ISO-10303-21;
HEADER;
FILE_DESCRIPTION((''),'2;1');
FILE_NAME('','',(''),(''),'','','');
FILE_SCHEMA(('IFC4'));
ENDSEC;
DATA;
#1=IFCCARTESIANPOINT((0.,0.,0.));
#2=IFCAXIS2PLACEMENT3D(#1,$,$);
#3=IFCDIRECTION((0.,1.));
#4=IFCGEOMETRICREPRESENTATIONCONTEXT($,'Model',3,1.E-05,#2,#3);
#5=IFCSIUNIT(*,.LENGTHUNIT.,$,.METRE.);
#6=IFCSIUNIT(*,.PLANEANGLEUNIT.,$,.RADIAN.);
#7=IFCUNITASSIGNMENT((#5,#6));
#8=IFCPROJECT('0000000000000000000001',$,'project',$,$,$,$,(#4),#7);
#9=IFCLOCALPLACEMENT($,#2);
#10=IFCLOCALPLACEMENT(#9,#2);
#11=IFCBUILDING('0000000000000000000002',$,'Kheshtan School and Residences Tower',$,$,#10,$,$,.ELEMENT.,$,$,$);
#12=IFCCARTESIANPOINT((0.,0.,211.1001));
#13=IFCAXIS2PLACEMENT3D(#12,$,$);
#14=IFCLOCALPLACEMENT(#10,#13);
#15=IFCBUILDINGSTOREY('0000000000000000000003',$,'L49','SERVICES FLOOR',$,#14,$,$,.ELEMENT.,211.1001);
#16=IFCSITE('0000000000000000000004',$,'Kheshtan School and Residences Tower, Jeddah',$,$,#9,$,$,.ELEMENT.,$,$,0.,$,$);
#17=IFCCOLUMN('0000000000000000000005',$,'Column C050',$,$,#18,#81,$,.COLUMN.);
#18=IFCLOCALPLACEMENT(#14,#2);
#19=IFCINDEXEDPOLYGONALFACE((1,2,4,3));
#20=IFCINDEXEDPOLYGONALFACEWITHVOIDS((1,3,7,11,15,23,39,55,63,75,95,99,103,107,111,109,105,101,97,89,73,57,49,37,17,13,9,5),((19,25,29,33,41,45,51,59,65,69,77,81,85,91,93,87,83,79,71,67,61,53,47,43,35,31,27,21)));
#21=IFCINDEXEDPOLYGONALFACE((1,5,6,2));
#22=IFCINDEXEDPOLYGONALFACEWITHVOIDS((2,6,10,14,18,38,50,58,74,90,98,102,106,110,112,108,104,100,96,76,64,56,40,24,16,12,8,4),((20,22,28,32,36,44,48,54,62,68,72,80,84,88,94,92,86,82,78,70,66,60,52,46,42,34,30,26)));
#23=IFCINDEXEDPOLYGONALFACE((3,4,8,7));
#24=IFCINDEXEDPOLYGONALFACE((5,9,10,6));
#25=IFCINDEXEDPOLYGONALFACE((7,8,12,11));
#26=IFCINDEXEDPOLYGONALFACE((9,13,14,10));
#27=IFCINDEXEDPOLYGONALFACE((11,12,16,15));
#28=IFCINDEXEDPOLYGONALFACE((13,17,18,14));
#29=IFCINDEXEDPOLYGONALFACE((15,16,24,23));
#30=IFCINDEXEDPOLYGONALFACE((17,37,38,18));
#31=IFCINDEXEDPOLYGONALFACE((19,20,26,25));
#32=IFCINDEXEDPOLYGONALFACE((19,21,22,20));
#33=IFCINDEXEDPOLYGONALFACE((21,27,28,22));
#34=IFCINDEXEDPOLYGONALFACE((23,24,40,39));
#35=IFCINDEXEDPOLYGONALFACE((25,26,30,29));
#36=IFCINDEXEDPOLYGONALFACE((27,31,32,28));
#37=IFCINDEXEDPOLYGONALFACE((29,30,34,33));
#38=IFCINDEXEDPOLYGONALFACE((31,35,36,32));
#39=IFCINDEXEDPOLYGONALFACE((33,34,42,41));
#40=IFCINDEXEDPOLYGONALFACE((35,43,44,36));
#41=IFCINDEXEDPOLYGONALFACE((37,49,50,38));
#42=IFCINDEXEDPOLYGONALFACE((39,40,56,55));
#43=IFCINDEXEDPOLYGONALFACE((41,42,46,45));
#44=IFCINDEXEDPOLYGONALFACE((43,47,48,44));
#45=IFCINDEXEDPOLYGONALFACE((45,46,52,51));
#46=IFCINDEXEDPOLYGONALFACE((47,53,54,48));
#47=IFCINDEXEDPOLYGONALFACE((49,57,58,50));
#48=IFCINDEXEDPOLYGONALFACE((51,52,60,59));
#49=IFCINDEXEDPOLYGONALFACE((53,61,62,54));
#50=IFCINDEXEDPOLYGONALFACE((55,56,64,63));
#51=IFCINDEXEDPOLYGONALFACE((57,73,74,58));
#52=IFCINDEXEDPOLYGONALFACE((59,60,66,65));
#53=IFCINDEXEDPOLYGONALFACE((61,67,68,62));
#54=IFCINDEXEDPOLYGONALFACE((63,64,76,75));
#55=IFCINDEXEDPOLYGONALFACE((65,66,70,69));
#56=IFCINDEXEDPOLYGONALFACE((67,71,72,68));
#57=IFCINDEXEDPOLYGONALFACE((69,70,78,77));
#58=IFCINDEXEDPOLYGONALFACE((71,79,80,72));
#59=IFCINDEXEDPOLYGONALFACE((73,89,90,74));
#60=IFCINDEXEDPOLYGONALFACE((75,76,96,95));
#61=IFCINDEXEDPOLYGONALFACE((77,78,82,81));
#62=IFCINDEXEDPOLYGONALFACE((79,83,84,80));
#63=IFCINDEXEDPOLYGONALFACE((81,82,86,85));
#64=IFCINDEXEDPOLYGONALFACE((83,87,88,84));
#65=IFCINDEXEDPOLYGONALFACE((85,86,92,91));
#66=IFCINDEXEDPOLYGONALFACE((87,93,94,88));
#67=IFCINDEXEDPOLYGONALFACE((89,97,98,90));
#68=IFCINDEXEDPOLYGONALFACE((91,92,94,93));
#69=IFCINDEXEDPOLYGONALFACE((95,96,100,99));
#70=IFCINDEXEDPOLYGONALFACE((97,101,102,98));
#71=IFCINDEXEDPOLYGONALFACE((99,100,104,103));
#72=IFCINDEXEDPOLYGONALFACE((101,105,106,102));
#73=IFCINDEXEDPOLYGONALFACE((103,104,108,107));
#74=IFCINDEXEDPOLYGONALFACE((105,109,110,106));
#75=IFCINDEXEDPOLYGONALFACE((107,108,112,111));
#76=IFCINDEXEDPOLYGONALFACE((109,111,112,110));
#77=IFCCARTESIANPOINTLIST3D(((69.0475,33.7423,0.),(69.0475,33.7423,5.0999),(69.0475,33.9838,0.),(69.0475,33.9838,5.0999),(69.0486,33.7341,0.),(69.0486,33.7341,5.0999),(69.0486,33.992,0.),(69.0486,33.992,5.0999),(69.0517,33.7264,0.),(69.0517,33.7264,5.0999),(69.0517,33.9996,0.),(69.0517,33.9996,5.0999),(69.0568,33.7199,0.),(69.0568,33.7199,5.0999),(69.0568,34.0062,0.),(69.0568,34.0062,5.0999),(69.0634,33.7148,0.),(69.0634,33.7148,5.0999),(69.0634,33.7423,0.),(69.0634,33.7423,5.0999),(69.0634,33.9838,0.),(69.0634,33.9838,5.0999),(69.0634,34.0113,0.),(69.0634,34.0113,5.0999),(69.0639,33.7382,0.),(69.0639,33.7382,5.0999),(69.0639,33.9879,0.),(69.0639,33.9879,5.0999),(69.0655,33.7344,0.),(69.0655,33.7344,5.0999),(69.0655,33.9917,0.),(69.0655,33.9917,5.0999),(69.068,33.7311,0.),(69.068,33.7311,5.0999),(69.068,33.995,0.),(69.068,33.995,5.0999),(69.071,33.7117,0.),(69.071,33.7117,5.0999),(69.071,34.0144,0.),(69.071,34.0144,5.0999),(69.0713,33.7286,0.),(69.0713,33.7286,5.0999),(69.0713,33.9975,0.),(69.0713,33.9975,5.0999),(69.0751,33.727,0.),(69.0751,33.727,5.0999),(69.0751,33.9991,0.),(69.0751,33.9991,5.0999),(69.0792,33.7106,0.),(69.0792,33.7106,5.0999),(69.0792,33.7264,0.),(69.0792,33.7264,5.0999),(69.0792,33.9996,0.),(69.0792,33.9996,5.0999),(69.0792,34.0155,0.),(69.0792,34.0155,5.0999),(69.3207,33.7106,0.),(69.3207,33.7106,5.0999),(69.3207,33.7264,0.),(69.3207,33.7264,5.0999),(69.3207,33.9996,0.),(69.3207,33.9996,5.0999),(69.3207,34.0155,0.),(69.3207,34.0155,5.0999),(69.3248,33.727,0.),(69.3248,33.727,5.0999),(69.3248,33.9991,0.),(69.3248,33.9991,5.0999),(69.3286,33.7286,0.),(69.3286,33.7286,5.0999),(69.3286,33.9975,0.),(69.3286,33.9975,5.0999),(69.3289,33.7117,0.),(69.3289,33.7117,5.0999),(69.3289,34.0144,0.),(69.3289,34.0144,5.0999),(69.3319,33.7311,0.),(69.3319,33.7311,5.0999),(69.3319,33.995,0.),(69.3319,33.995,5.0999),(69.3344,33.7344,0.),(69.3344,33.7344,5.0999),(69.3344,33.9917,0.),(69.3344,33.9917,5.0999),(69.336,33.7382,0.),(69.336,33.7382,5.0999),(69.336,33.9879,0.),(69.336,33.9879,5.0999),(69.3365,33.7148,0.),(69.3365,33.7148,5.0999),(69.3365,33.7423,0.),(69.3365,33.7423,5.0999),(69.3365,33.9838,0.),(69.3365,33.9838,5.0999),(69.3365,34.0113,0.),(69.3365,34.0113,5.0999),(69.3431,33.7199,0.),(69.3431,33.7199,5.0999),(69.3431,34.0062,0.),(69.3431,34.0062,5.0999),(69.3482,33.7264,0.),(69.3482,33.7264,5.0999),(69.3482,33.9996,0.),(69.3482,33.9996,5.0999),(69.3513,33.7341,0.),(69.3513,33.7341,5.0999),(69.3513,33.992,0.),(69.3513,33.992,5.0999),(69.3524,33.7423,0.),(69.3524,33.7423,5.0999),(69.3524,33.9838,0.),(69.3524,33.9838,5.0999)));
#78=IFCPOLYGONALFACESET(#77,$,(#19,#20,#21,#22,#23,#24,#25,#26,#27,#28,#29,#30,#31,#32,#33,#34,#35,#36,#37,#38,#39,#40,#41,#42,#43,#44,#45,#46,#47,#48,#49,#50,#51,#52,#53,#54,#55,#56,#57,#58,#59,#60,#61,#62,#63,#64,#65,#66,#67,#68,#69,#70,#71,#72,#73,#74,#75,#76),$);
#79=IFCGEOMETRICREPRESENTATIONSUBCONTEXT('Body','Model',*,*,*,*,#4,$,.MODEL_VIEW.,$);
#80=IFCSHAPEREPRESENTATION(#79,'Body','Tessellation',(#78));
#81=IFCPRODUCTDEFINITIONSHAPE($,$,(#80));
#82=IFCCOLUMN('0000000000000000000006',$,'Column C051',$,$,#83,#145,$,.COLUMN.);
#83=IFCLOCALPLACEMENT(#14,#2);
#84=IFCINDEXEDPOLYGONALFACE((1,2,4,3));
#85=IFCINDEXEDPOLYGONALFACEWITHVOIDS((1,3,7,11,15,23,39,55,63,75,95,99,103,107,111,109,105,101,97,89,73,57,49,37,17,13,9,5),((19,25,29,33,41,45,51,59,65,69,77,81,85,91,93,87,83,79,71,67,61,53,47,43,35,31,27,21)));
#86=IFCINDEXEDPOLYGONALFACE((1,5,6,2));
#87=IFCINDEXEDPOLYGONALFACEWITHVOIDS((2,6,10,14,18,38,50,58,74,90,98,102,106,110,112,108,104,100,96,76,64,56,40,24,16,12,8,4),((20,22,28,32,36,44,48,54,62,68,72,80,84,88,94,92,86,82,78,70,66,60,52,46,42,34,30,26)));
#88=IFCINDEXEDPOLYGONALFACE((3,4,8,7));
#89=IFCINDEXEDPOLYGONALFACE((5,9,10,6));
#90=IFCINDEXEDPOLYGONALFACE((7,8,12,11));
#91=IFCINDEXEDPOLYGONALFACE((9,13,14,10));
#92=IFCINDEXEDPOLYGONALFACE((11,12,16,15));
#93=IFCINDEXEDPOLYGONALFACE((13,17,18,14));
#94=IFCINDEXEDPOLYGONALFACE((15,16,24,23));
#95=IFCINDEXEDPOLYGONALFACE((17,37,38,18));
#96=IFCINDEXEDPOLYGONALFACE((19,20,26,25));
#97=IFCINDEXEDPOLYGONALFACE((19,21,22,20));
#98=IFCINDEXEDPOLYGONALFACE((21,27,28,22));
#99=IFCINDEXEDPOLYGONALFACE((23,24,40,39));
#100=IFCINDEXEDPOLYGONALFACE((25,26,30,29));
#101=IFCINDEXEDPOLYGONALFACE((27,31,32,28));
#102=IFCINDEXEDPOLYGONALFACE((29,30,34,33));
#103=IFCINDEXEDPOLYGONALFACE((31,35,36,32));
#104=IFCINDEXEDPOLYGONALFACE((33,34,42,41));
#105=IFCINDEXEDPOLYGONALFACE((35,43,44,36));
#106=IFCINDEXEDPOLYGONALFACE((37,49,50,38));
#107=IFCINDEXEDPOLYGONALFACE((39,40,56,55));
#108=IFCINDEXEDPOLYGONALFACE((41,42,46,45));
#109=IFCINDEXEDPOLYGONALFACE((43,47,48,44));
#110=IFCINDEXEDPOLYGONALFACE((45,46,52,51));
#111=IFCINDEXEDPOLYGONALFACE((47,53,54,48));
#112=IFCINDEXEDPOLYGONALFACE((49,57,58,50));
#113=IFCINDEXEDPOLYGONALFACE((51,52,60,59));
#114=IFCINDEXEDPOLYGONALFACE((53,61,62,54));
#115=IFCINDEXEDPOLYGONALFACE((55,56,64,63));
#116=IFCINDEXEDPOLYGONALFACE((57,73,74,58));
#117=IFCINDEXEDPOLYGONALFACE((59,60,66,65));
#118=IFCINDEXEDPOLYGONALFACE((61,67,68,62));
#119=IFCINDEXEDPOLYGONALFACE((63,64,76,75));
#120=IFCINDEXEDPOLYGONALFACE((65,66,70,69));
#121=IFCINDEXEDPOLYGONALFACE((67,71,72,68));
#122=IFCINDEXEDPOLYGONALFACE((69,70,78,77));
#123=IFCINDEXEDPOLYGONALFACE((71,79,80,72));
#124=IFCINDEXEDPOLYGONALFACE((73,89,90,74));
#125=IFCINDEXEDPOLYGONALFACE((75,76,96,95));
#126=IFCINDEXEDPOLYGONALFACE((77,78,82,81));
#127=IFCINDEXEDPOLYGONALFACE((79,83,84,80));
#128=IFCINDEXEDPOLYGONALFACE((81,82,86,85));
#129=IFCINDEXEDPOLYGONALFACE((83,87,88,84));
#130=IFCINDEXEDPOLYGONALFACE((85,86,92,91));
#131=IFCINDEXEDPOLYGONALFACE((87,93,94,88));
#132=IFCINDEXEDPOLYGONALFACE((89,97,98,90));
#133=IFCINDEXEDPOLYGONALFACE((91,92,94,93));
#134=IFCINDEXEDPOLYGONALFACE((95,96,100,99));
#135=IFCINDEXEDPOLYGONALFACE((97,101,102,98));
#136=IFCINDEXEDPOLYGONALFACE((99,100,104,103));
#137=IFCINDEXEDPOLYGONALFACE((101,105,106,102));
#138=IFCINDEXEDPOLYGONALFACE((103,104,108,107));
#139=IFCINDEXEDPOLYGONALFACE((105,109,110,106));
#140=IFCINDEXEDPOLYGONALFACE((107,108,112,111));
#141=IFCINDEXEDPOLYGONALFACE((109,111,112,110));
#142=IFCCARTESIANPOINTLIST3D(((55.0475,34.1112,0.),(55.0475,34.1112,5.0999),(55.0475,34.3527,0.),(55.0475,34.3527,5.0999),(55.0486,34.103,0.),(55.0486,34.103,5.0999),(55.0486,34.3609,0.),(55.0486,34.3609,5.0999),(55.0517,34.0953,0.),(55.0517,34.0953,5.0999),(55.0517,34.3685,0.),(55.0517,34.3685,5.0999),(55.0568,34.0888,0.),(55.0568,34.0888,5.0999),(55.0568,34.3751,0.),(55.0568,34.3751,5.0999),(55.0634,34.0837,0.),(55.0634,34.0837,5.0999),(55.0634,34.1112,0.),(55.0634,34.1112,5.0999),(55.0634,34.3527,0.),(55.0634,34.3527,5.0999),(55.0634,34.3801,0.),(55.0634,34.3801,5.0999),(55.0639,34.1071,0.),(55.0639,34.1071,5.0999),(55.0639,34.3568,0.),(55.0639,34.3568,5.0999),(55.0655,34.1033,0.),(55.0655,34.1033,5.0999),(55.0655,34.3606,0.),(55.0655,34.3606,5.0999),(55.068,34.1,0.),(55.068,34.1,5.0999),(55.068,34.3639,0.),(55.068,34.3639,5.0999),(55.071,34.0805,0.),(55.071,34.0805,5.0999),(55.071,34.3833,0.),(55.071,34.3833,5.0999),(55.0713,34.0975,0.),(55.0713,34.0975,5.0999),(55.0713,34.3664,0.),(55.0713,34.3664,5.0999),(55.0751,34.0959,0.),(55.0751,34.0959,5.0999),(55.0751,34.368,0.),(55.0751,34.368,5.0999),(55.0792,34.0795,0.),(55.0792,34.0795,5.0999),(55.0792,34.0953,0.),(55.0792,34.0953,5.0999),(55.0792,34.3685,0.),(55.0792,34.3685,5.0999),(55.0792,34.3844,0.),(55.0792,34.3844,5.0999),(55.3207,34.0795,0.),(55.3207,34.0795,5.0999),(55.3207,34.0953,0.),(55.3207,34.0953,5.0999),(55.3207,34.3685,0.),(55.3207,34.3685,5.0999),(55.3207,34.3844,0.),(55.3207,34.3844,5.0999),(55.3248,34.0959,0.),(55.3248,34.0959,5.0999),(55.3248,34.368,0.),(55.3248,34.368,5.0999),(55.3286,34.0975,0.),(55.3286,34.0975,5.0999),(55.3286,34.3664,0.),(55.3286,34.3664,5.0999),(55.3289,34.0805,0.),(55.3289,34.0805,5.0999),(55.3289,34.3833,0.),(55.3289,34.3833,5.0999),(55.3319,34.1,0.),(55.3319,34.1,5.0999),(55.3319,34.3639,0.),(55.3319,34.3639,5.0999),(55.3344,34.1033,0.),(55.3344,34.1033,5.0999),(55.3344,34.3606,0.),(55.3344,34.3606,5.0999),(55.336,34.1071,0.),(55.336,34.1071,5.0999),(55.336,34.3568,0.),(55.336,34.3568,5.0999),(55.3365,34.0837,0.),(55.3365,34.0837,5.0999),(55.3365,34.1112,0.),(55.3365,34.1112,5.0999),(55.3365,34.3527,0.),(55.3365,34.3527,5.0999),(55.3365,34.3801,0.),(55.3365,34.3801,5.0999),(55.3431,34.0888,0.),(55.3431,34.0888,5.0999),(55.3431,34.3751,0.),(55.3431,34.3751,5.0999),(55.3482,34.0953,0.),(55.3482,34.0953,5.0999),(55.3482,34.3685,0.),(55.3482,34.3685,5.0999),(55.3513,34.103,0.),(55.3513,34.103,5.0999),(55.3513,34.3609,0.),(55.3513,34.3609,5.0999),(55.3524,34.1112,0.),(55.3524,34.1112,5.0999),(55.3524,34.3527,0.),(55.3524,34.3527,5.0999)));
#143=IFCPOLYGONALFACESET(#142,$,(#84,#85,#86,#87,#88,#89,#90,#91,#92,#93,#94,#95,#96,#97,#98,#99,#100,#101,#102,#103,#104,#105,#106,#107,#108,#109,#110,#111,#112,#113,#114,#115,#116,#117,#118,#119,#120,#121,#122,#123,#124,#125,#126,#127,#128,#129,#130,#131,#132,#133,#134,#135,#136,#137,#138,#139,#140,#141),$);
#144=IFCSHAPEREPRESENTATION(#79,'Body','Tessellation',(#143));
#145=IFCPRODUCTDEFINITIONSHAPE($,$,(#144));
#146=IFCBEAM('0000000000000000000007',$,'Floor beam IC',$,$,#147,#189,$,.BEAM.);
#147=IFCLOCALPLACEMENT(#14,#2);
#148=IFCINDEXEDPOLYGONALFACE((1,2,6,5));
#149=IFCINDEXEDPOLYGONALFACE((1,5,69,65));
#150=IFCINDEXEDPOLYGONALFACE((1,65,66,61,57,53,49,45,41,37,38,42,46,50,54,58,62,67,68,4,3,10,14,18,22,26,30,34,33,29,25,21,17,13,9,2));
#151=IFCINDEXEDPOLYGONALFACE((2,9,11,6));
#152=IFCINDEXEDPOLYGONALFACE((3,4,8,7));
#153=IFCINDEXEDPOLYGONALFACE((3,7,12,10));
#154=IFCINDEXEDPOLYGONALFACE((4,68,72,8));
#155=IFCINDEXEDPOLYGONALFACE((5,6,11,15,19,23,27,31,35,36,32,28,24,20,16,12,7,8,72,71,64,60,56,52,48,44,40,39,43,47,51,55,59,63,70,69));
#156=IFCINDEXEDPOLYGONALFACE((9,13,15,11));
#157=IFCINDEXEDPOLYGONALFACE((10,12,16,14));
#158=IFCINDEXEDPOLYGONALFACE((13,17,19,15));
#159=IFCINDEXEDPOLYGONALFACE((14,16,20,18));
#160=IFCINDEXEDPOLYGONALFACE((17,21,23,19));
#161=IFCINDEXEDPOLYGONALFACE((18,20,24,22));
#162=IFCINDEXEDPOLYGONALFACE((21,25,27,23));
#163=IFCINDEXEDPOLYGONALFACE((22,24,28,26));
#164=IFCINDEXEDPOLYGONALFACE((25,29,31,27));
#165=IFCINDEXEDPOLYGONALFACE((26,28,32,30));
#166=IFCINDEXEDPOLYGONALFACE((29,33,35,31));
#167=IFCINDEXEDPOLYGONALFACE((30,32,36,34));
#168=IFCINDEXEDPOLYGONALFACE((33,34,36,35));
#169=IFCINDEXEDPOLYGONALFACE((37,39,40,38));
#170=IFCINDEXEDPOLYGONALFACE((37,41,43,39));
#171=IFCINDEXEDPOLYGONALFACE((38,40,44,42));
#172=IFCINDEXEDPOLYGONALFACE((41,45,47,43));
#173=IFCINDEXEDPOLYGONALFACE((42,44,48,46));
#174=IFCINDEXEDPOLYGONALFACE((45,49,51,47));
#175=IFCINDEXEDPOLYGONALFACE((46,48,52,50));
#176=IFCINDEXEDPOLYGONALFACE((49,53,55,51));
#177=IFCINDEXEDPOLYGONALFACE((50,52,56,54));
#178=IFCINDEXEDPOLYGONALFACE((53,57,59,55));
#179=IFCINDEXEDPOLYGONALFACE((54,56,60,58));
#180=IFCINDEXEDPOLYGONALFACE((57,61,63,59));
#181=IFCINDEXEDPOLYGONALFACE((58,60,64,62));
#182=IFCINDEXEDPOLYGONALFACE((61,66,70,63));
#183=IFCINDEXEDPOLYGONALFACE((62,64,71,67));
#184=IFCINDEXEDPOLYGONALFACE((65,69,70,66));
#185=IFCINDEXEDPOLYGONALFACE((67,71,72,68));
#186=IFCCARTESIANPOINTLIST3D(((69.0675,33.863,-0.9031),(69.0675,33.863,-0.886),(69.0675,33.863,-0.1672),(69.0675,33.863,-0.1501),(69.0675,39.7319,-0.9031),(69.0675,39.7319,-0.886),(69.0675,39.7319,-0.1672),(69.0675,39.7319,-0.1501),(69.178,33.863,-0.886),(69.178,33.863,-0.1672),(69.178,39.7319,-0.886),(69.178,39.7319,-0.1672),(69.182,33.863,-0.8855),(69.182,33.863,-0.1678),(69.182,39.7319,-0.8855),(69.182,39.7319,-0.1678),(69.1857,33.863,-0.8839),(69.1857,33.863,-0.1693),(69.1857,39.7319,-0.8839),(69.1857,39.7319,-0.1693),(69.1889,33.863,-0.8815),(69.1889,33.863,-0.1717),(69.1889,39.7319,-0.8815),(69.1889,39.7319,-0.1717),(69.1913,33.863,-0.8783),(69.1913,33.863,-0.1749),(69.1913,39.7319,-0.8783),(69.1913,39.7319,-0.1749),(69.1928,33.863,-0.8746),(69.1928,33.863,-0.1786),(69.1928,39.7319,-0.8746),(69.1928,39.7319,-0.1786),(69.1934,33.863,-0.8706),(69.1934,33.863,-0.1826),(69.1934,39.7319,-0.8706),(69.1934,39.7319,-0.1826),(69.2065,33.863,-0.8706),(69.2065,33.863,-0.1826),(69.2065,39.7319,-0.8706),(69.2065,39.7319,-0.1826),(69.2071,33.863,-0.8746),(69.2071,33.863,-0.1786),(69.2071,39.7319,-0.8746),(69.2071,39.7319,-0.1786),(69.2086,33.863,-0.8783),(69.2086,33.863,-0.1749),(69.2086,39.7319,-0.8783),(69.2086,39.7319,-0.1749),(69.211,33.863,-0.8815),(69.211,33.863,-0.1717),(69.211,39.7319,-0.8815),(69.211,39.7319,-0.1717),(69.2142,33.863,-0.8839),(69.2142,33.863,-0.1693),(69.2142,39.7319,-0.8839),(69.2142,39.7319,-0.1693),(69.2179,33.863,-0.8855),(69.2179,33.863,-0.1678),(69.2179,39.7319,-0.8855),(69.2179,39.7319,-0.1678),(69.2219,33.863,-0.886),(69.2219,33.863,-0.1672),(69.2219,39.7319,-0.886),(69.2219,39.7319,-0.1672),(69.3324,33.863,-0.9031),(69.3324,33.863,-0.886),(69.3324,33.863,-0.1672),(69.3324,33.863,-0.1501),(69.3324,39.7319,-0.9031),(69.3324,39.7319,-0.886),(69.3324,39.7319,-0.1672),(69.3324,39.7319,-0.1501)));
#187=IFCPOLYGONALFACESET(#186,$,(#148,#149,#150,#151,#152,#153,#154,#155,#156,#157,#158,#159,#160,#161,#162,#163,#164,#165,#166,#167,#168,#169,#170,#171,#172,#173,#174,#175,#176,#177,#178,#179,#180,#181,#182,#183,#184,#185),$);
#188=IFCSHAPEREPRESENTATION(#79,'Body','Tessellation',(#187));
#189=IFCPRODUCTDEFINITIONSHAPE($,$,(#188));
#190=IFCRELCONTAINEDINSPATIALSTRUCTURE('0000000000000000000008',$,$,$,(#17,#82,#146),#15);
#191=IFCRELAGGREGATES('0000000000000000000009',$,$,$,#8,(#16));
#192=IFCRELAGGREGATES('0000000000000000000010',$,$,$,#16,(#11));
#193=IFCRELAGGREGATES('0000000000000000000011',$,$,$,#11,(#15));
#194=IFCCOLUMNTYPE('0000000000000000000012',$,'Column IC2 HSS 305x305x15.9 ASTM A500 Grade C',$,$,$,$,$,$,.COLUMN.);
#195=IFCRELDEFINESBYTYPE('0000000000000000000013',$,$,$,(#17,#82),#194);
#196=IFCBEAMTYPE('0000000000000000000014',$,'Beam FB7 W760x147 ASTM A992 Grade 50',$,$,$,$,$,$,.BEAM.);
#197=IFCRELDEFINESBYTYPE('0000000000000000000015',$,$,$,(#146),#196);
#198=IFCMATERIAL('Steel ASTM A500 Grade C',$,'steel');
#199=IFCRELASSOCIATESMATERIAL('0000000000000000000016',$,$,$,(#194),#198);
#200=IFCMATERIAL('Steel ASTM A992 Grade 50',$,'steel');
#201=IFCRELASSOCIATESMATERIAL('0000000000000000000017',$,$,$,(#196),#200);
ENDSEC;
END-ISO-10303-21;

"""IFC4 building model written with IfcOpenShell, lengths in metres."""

from ifc_helpers import new_model, si_unit, direction, frame, origin, origin_2d, place, context, subcontext, project, spatial, hollow_rectangle, i_section, extrude, material, material_profile, profile_set, type_object, element, save


model = new_model("IFC4")

# Units and contexts
model_context = context("Model", 3, precision=1e-05, world=origin(), true_north=direction((0.0, 1.0)))
body_context = subcontext(model_context, "Body", "Model", "MODEL_VIEW")
ifc_project = project(units=[si_unit("LENGTHUNIT", "METRE"), si_unit("PLANEANGLEUNIT", "RADIAN")], contexts=[model_context])

# Site, building, storey
site_placement = place(None, origin())
site = spatial("IfcSite", under=ifc_project, at=site_placement, Name="Kheshtan School and Residences Tower, Jeddah", CompositionType="ELEMENT", RefElevation=0.0)
building_placement = place(site_placement, origin())
building = spatial("IfcBuilding", under=site, at=building_placement, Name="Kheshtan School and Residences Tower", CompositionType="ELEMENT")
storey_placement = place(building_placement, frame((0.0, 0.0, 211.1001)))
storey = spatial("IfcBuildingStorey", under=building, at=storey_placement, Name="L49", Description="SERVICES FLOOR", CompositionType="ELEMENT", Elevation=211.1001)

# Columns
ifc_material_1 = material(Name="Steel ASTM A500 Grade C", Category="steel")
ifc_material_profile_1 = material_profile(ifc_material_1, hollow_rectangle(XDim=0.3049, YDim=0.3049, WallThickness=0.0159, InnerFilletRadius=0.0159, OuterFilletRadius=0.0317, at=origin_2d()), Name="HSS 305x305x15.9")
ifc_profile_set_1 = profile_set([ifc_material_profile_1], Name="Steel ASTM A500 Grade C")
column_type = type_object("IfcColumnType", Name="Column IC2 HSS 305x305x15.9 ASTM A500 Grade C", PredefinedType="COLUMN", material=ifc_profile_set_1)
for number, where, z_axis, x_axis, name in (
    (1, (69.2, 33.863, 0.0), (0.0, 0.0, 1.0), (1.0, 0.0, 0.0), "Column C050"),
    (2, (55.2, 34.2319, 0.0), (0.0, 0.0, 1.0), (1.0, 0.0, 0.0), "Column C051"),
):
    element("IfcColumn", number, at=place(storey_placement, frame(where, z_axis=z_axis, x_axis=x_axis)), inside=storey, type_object=column_type, Name=name, PredefinedType="COLUMN", context=body_context, shape_type="SweptSolid", body=[
        extrude(hollow_rectangle(XDim=0.3049, YDim=0.3049, WallThickness=0.0159, InnerFilletRadius=0.0159, OuterFilletRadius=0.0317, at=origin_2d()), origin(), (0.0, 0.0, 1.0), 5.0999),
    ])

# Beam
ifc_material_2 = material(Name="Steel ASTM A992 Grade 50", Category="steel")
ifc_material_profile_2 = material_profile(ifc_material_2, i_section(OverallWidth=0.2649, OverallDepth=0.7529, WebThickness=0.0132, FlangeThickness=0.0171, FilletRadius=0.0154, at=origin_2d()), Name="W760x147")
ifc_profile_set_2 = profile_set([ifc_material_profile_2], Name="Steel ASTM A992 Grade 50")
beam_type = type_object("IfcBeamType", Name="Beam FB7 W760x147 ASTM A992 Grade 50", PredefinedType="BEAM", material=ifc_profile_set_2)
beam_1_placement = place(storey_placement, frame((69.2, 33.863, -0.5266), z_axis=(0.0, 1.0, 0.0), x_axis=(-1.0, 0.0, 0.0)))
element("IfcBeam", 3, at=beam_1_placement, inside=storey, type_object=beam_type, Name="Floor beam IC", PredefinedType="BEAM", context=body_context, shape_type="SweptSolid", body=[
    extrude(i_section(OverallWidth=0.2649, OverallDepth=0.7529, WebThickness=0.0132, FlangeThickness=0.0171, FilletRadius=0.0154, at=origin_2d()), origin(), (0.0, 0.0, 1.0), 5.8689),
])

save(model, "model.ifc")
